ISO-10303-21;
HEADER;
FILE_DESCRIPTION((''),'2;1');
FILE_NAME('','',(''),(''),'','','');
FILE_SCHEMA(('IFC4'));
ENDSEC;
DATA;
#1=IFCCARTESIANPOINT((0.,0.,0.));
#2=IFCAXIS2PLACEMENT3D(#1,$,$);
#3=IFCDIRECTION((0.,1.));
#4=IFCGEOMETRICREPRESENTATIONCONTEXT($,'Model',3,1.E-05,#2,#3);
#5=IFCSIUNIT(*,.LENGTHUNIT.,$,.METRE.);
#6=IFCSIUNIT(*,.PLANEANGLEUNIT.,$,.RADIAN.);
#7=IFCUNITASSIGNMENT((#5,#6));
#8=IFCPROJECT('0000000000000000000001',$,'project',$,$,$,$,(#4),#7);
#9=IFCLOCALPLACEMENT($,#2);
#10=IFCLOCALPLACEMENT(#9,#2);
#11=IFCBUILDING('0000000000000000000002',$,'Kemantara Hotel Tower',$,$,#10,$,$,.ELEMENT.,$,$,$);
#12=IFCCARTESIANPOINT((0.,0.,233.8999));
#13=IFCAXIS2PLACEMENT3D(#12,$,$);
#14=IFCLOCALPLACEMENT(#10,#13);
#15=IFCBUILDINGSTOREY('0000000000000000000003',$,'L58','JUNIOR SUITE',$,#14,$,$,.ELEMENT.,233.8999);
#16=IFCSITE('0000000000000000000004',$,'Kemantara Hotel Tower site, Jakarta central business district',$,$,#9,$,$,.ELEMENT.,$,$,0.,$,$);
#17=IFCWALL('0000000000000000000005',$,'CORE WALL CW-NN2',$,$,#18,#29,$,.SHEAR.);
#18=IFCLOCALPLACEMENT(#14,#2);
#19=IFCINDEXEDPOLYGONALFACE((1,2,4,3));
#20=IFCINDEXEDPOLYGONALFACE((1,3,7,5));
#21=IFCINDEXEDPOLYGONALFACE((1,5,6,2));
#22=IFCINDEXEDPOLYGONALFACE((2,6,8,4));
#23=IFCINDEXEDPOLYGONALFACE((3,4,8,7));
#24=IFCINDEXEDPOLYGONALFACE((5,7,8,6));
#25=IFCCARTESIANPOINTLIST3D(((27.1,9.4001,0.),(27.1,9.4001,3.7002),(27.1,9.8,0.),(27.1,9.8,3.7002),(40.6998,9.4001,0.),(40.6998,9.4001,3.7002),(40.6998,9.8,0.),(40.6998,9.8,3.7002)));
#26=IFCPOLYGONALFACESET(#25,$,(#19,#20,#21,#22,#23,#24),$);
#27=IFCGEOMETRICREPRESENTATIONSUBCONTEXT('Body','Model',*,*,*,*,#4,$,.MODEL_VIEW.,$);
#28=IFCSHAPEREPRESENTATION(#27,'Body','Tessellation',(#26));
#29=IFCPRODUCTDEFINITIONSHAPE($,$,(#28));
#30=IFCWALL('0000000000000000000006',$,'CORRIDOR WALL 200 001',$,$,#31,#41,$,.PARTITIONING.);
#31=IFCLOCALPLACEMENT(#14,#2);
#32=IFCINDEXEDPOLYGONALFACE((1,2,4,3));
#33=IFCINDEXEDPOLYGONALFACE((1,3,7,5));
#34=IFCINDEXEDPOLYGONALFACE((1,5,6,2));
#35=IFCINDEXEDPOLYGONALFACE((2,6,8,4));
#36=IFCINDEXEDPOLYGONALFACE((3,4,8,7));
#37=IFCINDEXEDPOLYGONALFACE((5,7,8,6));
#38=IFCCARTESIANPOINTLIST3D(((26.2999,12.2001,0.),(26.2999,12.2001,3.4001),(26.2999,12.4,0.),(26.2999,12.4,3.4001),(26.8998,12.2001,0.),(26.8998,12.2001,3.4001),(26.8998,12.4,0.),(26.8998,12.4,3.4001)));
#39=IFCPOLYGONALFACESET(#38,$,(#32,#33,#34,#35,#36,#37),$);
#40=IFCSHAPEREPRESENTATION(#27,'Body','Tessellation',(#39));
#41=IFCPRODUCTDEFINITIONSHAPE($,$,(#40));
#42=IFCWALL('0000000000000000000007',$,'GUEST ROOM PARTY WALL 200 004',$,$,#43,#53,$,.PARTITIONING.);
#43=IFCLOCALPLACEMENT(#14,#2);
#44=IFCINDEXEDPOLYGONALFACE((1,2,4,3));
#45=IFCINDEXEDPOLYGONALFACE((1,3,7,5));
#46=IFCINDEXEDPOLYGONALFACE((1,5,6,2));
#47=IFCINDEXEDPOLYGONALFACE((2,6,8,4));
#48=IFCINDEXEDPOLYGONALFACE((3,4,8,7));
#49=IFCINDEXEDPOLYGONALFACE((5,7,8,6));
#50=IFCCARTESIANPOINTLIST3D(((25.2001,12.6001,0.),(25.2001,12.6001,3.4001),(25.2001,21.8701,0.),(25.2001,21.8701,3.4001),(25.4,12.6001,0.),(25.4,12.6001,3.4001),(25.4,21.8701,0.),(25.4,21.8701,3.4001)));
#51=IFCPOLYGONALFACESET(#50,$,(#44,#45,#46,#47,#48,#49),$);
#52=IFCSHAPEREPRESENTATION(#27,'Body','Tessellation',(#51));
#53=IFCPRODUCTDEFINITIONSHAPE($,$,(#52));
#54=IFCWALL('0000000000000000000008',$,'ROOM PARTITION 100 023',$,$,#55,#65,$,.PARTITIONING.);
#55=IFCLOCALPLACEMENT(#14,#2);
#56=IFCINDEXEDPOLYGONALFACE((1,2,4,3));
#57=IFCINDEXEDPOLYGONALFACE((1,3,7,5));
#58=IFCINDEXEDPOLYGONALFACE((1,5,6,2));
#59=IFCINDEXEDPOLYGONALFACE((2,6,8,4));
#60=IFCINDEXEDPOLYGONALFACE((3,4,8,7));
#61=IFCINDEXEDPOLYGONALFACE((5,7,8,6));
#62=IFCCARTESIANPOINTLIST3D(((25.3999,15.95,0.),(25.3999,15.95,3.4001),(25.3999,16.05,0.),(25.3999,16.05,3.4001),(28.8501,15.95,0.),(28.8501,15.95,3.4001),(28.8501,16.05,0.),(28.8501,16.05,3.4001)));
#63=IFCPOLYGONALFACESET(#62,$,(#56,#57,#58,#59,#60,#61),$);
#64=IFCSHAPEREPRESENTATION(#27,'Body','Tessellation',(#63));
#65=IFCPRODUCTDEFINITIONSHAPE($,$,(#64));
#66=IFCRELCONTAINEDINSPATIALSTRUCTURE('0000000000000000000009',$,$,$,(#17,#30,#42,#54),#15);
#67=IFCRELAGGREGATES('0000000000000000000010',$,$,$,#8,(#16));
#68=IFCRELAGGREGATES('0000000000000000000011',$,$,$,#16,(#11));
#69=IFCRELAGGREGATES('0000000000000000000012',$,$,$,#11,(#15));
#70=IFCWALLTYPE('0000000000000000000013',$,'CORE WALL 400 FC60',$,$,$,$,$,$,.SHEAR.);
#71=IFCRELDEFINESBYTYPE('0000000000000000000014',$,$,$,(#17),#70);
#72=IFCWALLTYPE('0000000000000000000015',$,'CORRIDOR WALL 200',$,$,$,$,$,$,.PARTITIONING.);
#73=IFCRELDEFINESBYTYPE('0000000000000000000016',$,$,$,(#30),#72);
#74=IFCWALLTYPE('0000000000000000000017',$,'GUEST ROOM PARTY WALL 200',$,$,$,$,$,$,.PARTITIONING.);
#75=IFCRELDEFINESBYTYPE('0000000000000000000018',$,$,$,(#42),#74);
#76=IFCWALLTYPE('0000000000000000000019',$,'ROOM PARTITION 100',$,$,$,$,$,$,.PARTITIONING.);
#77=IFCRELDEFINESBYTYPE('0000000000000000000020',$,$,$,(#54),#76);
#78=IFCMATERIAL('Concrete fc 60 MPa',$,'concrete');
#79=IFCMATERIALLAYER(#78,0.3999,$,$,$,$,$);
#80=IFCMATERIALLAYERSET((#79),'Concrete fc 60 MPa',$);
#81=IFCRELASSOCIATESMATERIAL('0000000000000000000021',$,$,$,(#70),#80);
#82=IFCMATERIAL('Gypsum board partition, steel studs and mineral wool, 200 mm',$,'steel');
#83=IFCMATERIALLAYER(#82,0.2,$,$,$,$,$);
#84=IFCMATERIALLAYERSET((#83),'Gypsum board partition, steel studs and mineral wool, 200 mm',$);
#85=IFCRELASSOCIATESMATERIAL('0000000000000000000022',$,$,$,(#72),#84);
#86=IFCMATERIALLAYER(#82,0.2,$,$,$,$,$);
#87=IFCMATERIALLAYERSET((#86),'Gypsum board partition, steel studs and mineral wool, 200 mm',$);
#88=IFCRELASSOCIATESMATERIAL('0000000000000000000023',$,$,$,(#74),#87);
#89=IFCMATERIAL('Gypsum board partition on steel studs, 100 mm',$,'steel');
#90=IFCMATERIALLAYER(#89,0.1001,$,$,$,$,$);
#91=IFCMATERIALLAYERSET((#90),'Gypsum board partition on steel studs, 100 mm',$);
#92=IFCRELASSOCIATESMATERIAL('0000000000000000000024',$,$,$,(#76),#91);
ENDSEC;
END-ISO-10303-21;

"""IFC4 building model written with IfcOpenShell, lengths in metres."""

from ifc_helpers import new_model, si_unit, direction, frame, frame_2d, origin, place, context, subcontext, project, spatial, rectangle, extrude, material, layer, layer_set, type_object, element, save


model = new_model("IFC4")

# Units and contexts
model_context = context("Model", 3, precision=1e-05, world=origin(), true_north=direction((0.0, 1.0)))
body_context = subcontext(model_context, "Body", "Model", "MODEL_VIEW")
ifc_project = project(units=[si_unit("LENGTHUNIT", "METRE"), si_unit("PLANEANGLEUNIT", "RADIAN")], contexts=[model_context])

# Site, building, storey
site_placement = place(None, origin())
site = spatial("IfcSite", under=ifc_project, at=site_placement, Name="Kemantara Hotel Tower site, Jakarta central business district", CompositionType="ELEMENT", RefElevation=0.0)
building_placement = place(site_placement, origin())
building = spatial("IfcBuilding", under=site, at=building_placement, Name="Kemantara Hotel Tower", CompositionType="ELEMENT")
storey_placement = place(building_placement, frame((0.0, 0.0, 233.8999)))
storey = spatial("IfcBuildingStorey", under=building, at=storey_placement, Name="L58", Description="JUNIOR SUITE", CompositionType="ELEMENT", Elevation=233.8999)

# Shared definitions
ifc_material_1 = material(Name="Concrete fc 60 MPa", Category="concrete")

# Shared definitions
ifc_layer_1 = layer(ifc_material_1, 0.3999)
ifc_layer_set_1 = layer_set([ifc_layer_1], Name="Concrete fc 60 MPa")
wall_type_1 = type_object("IfcWallType", Name="CORE WALL 400 FC60", PredefinedType="SHEAR", material=ifc_layer_set_1)

# Walls
wall_1_placement = place(storey_placement, frame((27.1001, 9.6001, 0.0), z_axis=(0.0, 0.0, 1.0), x_axis=(1.0, 0.0, 0.0)))
element("IfcWall", 1, at=wall_1_placement, inside=storey, type_object=wall_type_1, Name="CORE WALL CW-NN2", PredefinedType="SHEAR", context=body_context, shape_type="SweptSolid", body=[
    extrude(rectangle(XDim=13.5999, YDim=0.3999, at=frame_2d((6.7998, 0.0))), origin(), (0.0, 0.0, 1.0), 3.7002),
])
ifc_material_2 = material(Name="Gypsum board partition, steel studs and mineral wool, 200 mm", Category="steel")
ifc_layer_2 = layer(ifc_material_2, 0.2)
ifc_layer_set_2 = layer_set([ifc_layer_2], Name="Gypsum board partition, steel studs and mineral wool, 200 mm")
wall_type_2 = type_object("IfcWallType", Name="CORRIDOR WALL 200", PredefinedType="PARTITIONING", material=ifc_layer_set_2)
wall_2_placement = place(storey_placement, frame((26.3, 12.3, 0.0), z_axis=(0.0, 0.0, 1.0), x_axis=(1.0, 0.0, 0.0)))
element("IfcWall", 2, at=wall_2_placement, inside=storey, type_object=wall_type_2, Name="CORRIDOR WALL 200 001", PredefinedType="PARTITIONING", context=body_context, shape_type="SweptSolid", body=[
    extrude(rectangle(XDim=0.5999, YDim=0.2, at=frame_2d((0.2998, 0.0))), origin(), (0.0, 0.0, 1.0), 3.4001),
])
ifc_layer_3 = layer(ifc_material_2, 0.2)
ifc_layer_set_3 = layer_set([ifc_layer_3], Name="Gypsum board partition, steel studs and mineral wool, 200 mm")
wall_type_3 = type_object("IfcWallType", Name="GUEST ROOM PARTY WALL 200", PredefinedType="PARTITIONING", material=ifc_layer_set_3)
wall_3_placement = place(storey_placement, frame((25.3, 12.6001, 0.0), z_axis=(0.0, 0.0, 1.0), x_axis=(0.0, 1.0, 0.0)))
element("IfcWall", 3, at=wall_3_placement, inside=storey, type_object=wall_type_3, Name="GUEST ROOM PARTY WALL 200 004", PredefinedType="PARTITIONING", context=body_context, shape_type="SweptSolid", body=[
    extrude(rectangle(XDim=9.27, YDim=0.2, at=frame_2d((4.635, 0.0))), origin(), (0.0, 0.0, 1.0), 3.4001),
])
ifc_material_3 = material(Name="Gypsum board partition on steel studs, 100 mm", Category="steel")
ifc_layer_4 = layer(ifc_material_3, 0.1001)
ifc_layer_set_4 = layer_set([ifc_layer_4], Name="Gypsum board partition on steel studs, 100 mm")
wall_type_4 = type_object("IfcWallType", Name="ROOM PARTITION 100", PredefinedType="PARTITIONING", material=ifc_layer_set_4)
wall_4_placement = place(storey_placement, frame((25.3999, 16.0, 0.0), z_axis=(0.0, 0.0, 1.0), x_axis=(1.0, 0.0, 0.0)))
element("IfcWall", 4, at=wall_4_placement, inside=storey, type_object=wall_type_4, Name="ROOM PARTITION 100 023", PredefinedType="PARTITIONING", context=body_context, shape_type="SweptSolid", body=[
    extrude(rectangle(XDim=3.4502, YDim=0.1001, at=frame_2d((1.7251, 0.0))), origin(), (0.0, 0.0, 1.0), 3.4001),
])

save(model, "model.ifc")
